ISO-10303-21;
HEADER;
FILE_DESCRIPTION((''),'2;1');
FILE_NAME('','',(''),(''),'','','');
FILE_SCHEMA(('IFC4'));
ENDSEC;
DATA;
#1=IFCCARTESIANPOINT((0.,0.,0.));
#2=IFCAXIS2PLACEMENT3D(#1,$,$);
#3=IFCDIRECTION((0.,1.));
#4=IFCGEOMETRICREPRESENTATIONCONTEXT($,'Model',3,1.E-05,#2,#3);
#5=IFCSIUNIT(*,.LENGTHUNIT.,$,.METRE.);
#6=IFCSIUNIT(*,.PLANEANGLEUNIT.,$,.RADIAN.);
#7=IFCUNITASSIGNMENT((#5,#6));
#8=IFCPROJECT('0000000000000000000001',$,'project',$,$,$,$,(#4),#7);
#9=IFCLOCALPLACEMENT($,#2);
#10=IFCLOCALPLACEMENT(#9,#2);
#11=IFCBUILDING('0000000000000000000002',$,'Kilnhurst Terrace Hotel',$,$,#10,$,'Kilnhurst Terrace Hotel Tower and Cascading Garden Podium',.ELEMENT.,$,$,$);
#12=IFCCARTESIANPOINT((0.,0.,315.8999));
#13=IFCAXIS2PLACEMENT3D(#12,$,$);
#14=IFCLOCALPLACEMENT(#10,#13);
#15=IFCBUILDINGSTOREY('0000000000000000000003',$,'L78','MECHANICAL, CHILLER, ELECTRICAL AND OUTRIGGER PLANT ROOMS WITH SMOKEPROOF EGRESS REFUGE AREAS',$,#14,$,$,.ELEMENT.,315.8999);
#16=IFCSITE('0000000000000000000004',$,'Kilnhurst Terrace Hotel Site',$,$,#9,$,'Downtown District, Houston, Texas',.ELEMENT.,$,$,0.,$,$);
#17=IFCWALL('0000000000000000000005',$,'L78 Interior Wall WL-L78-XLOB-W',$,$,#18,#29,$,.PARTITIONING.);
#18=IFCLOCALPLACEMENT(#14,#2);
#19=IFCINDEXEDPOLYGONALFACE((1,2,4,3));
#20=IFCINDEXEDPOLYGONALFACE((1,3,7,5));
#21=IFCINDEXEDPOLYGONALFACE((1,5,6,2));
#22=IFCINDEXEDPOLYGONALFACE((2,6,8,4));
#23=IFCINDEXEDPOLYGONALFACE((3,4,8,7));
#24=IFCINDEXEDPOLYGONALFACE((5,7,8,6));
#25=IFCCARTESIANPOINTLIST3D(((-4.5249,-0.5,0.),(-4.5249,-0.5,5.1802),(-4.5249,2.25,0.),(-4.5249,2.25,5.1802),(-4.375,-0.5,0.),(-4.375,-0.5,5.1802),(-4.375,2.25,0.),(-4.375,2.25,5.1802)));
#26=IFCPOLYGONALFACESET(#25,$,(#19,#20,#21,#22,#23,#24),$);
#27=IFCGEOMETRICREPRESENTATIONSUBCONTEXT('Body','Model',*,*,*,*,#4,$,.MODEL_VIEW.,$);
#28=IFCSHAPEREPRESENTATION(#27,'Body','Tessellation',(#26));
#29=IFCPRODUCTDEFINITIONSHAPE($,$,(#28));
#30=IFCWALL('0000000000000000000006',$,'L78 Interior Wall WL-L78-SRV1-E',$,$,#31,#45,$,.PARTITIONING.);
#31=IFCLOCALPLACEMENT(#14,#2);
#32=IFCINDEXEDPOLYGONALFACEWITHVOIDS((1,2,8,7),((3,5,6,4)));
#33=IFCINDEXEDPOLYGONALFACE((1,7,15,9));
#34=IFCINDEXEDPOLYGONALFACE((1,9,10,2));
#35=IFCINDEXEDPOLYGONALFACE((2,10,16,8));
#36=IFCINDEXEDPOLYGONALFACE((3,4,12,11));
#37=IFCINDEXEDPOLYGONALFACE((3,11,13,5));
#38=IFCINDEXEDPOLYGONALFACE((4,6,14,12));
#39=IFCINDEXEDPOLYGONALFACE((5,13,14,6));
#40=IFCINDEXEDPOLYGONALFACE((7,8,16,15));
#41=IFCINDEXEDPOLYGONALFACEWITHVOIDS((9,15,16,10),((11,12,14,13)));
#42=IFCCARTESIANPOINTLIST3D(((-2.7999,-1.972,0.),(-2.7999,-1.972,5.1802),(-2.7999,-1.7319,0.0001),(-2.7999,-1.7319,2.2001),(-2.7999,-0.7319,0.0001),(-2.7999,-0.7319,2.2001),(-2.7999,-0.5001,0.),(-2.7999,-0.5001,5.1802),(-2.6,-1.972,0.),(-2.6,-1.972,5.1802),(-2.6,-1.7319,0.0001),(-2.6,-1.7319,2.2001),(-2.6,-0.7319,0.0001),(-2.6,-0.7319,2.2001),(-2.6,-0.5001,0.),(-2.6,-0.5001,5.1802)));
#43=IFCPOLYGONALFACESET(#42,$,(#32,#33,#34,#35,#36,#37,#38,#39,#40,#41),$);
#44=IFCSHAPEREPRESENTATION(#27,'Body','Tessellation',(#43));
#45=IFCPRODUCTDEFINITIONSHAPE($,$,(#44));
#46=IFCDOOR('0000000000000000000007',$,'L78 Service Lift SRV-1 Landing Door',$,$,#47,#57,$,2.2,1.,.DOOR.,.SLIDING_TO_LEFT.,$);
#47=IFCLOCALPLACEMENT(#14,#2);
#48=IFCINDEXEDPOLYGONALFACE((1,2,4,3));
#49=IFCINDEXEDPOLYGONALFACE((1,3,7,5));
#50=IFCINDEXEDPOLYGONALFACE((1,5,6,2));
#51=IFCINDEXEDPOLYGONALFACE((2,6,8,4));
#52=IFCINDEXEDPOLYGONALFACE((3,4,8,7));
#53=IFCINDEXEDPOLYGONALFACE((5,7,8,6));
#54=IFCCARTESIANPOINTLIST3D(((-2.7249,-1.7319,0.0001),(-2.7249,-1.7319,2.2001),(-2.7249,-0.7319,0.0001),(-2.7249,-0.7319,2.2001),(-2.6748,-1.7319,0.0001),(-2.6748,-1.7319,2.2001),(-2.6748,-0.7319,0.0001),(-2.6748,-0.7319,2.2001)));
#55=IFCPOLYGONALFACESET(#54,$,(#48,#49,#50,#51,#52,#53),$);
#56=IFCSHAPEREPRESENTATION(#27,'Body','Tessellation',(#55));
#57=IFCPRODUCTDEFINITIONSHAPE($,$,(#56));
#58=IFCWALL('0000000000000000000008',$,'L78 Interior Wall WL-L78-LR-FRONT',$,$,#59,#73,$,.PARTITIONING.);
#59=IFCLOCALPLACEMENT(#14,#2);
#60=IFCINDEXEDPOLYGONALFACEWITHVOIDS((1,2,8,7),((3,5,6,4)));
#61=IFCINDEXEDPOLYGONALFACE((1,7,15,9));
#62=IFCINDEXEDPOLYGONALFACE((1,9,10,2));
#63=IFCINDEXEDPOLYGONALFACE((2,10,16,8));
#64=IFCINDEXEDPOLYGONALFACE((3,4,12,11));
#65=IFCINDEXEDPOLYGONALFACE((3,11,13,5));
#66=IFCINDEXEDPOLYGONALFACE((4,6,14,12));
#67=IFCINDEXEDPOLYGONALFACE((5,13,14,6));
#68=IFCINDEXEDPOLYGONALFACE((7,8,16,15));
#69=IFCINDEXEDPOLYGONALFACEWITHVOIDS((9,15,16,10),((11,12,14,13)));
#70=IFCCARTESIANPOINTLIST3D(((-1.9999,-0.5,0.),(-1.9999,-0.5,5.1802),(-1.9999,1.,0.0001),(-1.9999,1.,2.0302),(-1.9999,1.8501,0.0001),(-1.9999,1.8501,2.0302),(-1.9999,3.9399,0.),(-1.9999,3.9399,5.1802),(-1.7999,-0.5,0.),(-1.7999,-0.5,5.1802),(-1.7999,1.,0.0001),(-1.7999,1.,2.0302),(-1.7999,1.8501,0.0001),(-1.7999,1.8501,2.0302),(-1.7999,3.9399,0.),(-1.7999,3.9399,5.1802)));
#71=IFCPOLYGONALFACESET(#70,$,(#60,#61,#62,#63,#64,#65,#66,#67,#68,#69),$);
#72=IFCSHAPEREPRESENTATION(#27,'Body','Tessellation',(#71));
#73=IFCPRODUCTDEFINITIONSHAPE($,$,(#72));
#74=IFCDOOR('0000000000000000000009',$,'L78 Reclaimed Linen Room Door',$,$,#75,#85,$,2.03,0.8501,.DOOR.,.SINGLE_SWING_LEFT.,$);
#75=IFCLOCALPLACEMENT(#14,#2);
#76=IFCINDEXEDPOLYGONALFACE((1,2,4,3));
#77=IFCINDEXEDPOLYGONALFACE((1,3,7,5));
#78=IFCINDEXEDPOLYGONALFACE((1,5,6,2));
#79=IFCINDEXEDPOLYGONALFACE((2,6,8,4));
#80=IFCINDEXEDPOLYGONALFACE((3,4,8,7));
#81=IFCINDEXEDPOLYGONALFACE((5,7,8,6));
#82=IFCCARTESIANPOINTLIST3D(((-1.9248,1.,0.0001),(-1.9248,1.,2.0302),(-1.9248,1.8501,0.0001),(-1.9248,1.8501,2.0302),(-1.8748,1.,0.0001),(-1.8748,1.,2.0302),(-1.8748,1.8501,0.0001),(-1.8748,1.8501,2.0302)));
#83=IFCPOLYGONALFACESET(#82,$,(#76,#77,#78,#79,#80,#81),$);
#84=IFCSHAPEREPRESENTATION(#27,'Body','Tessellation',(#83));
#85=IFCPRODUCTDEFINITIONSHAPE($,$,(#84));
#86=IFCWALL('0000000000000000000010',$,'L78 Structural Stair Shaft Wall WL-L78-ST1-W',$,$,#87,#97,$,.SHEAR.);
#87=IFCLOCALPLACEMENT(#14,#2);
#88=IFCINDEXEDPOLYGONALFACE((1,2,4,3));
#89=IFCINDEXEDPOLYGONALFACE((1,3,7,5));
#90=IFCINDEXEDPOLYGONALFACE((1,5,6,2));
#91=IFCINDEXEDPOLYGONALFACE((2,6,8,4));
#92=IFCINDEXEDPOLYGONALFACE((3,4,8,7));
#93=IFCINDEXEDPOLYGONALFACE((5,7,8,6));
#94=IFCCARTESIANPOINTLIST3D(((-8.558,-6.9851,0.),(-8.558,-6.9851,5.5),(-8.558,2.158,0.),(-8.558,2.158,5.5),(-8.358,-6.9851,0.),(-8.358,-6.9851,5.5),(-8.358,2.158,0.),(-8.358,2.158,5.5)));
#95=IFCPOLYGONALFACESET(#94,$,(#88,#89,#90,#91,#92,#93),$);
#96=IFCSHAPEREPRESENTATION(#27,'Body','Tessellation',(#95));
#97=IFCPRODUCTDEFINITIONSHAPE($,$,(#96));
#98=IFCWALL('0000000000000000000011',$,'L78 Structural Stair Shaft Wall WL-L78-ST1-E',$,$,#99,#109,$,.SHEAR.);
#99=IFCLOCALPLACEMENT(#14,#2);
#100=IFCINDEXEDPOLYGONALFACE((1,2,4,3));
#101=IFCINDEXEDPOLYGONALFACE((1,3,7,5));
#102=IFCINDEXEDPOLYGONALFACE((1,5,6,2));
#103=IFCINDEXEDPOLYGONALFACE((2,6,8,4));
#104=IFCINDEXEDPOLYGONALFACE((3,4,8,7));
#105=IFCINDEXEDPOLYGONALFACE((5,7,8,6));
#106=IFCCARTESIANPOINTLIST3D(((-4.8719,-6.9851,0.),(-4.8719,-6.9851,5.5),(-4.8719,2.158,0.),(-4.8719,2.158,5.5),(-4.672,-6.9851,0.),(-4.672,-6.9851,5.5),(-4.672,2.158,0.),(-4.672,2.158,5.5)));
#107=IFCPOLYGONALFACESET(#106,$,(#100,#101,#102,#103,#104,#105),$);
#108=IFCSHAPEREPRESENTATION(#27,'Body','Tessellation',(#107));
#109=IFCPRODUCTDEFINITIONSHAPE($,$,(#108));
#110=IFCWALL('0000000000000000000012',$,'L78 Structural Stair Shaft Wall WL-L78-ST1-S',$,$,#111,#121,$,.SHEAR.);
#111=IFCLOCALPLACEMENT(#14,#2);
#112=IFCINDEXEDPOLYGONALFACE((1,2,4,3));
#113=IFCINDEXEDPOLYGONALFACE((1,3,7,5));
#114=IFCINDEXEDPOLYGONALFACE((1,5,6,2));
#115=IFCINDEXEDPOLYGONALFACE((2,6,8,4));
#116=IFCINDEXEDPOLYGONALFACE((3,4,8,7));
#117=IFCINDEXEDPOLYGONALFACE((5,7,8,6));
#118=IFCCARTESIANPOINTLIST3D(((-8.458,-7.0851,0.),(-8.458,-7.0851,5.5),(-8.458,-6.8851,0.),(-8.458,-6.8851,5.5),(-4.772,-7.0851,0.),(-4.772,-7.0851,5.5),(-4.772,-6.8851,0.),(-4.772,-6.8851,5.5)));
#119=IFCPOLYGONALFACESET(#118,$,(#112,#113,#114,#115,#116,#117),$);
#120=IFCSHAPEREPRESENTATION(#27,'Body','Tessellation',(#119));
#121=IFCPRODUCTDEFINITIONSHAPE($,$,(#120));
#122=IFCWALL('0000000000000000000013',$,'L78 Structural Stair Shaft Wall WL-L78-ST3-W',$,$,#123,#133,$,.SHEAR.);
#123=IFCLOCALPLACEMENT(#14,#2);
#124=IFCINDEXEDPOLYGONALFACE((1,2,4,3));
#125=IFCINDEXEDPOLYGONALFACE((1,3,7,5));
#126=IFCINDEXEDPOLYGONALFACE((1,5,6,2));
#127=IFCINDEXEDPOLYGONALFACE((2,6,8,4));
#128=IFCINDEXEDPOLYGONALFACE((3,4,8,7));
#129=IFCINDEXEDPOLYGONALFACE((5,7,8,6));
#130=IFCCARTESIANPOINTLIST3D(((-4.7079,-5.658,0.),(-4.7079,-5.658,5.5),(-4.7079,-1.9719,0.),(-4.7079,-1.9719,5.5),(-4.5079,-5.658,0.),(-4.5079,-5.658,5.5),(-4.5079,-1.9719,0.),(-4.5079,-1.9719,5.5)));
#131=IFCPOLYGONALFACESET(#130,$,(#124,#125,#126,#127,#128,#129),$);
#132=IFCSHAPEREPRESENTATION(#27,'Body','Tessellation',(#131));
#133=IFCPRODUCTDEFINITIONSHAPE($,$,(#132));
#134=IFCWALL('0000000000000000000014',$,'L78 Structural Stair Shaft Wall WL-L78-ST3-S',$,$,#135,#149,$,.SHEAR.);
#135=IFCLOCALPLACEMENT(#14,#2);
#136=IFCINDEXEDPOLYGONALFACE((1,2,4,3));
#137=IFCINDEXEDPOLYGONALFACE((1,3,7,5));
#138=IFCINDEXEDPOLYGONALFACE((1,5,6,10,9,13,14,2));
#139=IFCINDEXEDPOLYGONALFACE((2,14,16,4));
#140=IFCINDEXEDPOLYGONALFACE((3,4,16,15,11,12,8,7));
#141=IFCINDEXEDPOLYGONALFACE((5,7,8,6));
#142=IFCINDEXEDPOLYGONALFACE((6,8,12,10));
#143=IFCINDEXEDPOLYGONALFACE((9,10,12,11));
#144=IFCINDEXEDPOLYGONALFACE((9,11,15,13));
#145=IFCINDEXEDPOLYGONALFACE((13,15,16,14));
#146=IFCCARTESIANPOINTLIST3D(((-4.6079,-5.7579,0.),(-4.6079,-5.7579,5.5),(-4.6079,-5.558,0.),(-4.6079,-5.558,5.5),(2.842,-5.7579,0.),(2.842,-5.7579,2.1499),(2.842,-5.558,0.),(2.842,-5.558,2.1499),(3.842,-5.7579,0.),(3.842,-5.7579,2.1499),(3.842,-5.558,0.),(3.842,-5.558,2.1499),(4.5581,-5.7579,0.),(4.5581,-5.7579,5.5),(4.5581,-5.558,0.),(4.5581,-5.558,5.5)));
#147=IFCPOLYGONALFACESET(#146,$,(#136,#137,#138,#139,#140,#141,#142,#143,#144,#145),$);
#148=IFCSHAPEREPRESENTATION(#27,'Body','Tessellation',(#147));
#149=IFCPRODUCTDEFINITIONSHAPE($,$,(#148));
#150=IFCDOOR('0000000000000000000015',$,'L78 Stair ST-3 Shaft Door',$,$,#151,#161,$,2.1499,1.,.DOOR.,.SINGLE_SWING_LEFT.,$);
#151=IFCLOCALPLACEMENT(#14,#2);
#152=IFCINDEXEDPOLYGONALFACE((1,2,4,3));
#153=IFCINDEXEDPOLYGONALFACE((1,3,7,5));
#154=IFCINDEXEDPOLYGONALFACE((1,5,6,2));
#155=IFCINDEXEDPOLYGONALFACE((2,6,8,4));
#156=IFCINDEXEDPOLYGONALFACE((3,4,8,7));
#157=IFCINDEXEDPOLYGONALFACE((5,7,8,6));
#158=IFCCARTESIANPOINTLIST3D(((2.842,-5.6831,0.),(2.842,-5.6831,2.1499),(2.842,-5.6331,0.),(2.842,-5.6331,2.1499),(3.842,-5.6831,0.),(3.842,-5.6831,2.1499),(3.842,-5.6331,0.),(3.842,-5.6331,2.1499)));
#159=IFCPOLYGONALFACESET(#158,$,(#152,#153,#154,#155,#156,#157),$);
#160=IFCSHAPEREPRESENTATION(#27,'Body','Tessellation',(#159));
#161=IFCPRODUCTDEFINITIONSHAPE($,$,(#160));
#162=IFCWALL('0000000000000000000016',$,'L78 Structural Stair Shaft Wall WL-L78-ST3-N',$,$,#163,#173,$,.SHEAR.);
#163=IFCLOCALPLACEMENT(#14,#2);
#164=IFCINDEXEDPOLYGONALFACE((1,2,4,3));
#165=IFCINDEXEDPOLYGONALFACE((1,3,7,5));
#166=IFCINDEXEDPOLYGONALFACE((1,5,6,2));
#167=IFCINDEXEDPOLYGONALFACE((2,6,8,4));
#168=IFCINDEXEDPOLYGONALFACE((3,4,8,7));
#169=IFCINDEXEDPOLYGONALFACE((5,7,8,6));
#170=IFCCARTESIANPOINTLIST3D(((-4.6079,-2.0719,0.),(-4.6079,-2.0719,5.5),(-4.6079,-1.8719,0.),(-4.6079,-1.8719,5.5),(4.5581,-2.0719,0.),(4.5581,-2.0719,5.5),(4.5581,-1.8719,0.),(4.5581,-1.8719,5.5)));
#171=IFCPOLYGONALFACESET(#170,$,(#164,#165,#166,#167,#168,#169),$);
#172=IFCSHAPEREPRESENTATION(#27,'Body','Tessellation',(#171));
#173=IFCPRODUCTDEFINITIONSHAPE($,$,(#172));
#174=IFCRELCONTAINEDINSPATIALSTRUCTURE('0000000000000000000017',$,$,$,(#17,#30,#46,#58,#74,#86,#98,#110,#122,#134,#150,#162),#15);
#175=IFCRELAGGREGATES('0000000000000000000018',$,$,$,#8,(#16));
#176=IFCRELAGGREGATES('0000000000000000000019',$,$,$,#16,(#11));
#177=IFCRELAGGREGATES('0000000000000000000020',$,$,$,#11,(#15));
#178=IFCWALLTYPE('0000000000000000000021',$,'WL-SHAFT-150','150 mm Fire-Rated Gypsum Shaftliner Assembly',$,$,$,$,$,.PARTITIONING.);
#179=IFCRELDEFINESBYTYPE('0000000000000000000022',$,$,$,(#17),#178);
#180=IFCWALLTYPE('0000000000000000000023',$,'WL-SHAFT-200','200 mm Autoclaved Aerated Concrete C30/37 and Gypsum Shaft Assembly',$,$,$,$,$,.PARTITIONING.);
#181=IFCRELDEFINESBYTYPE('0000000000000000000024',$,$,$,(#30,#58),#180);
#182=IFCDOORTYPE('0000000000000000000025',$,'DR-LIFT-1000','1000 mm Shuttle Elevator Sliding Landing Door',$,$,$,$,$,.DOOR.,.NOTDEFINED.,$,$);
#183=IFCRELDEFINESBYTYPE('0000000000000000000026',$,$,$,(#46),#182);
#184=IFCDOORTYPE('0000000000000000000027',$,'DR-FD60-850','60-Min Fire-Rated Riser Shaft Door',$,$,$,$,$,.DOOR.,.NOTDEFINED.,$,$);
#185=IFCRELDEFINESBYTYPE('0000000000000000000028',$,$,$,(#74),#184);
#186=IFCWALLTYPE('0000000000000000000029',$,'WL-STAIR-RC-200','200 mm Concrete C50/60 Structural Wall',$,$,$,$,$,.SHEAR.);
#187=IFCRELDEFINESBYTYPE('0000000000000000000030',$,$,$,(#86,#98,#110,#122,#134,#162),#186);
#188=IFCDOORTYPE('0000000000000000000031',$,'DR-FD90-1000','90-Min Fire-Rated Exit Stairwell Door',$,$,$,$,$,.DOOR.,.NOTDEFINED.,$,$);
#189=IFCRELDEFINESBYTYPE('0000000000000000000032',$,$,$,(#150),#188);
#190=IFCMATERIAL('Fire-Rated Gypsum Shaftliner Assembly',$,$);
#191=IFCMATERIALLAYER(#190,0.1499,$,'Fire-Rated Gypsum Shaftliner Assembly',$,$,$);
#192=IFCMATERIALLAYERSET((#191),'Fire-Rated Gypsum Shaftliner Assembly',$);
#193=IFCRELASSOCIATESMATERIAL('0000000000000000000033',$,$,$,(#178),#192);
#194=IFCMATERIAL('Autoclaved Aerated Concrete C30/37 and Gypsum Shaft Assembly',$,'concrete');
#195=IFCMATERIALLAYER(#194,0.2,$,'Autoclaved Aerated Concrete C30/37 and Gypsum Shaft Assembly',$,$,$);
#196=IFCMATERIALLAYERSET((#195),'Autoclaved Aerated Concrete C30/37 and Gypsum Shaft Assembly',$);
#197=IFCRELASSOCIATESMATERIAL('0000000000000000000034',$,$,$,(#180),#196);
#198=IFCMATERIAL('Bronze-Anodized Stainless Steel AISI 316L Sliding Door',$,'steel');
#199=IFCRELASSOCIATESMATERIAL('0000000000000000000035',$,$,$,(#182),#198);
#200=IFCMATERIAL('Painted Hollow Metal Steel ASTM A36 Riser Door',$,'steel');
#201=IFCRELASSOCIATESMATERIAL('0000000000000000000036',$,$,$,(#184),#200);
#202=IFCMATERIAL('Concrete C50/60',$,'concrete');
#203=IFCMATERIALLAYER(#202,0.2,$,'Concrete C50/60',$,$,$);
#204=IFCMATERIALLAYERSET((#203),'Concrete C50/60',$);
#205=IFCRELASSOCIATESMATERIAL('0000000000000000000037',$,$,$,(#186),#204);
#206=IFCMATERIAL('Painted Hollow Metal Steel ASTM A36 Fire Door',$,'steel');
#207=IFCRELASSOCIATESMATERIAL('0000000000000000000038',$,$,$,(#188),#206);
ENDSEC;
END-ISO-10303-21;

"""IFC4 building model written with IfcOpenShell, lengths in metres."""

from ifc_helpers import new_model, si_unit, direction, frame, frame_2d, origin, place, context, subcontext, project, spatial, rectangle, extrude, material, layer, layer_set, type_object, element, fill, save


model = new_model("IFC4")

# Units and contexts
model_context = context("Model", 3, precision=1e-05, world=origin(), true_north=direction((0.0, 1.0)))
body_context = subcontext(model_context, "Body", "Model", "MODEL_VIEW")
ifc_project = project(units=[si_unit("LENGTHUNIT", "METRE"), si_unit("PLANEANGLEUNIT", "RADIAN")], contexts=[model_context])

# Site, building, storey
site_placement = place(None, origin())
site = spatial("IfcSite", under=ifc_project, at=site_placement, Name="Kilnhurst Terrace Hotel Site", LongName="Downtown District, Houston, Texas", CompositionType="ELEMENT", RefElevation=0.0)
building_placement = place(site_placement, origin())
building = spatial("IfcBuilding", under=site, at=building_placement, Name="Kilnhurst Terrace Hotel", LongName="Kilnhurst Terrace Hotel Tower and Cascading Garden Podium", CompositionType="ELEMENT")
storey_placement = place(building_placement, frame((0.0, 0.0, 315.8999)))
storey = spatial("IfcBuildingStorey", under=building, at=storey_placement, Name="L78", Description="MECHANICAL, CHILLER, ELECTRICAL AND OUTRIGGER PLANT ROOMS WITH SMOKEPROOF EGRESS REFUGE AREAS", CompositionType="ELEMENT", Elevation=315.8999)

# Shared definitions
ifc_material_1 = material(Name="Concrete C50/60", Category="concrete")

# Shared definitions
ifc_material_2 = material(Name="Painted Hollow Metal Steel ASTM A36 Fire Door", Category="steel")

# Wall
ifc_material_3 = material(Name="Fire-Rated Gypsum Shaftliner Assembly")
ifc_layer_1 = layer(ifc_material_3, 0.1499, Name="Fire-Rated Gypsum Shaftliner Assembly")
ifc_layer_set_1 = layer_set([ifc_layer_1], Name="Fire-Rated Gypsum Shaftliner Assembly")
wall_type_1 = type_object("IfcWallType", Name="WL-SHAFT-150", Description="150 mm Fire-Rated Gypsum Shaftliner Assembly", PredefinedType="PARTITIONING", material=ifc_layer_set_1)
wall_1_placement = place(storey_placement, frame((-4.45, -0.5, 0.0), z_axis=(0.0, 0.0, 1.0), x_axis=(0.0, 1.0, 0.0)))
element("IfcWall", 1, at=wall_1_placement, inside=storey, type_object=wall_type_1, Name="L78 Interior Wall WL-L78-XLOB-W", PredefinedType="PARTITIONING", context=body_context, shape_type="SweptSolid", body=[
    extrude(rectangle(XDim=2.75, YDim=0.1499, at=frame_2d((1.375, 0.0))), origin(), (0.0, 0.0, 1.0), 5.1802),
])

# Walls, openings, doors
ifc_material_4 = material(Name="Autoclaved Aerated Concrete C30/37 and Gypsum Shaft Assembly", Category="concrete")
ifc_layer_2 = layer(ifc_material_4, 0.2, Name="Autoclaved Aerated Concrete C30/37 and Gypsum Shaft Assembly")
ifc_layer_set_2 = layer_set([ifc_layer_2], Name="Autoclaved Aerated Concrete C30/37 and Gypsum Shaft Assembly")
wall_type_2 = type_object("IfcWallType", Name="WL-SHAFT-200", Description="200 mm Autoclaved Aerated Concrete C30/37 and Gypsum Shaft Assembly", PredefinedType="PARTITIONING", material=ifc_layer_set_2)
wall_2_placement = place(storey_placement, frame((-2.7, -1.9719, 0.0), z_axis=(0.0, 0.0, 1.0), x_axis=(0.0, 1.0, 0.0)))
wall_2 = element("IfcWall", 2, at=wall_2_placement, inside=storey, type_object=wall_type_2, Name="L78 Interior Wall WL-L78-SRV1-E", PredefinedType="PARTITIONING", context=body_context, shape_type="SweptSolid", body=[
    extrude(rectangle(XDim=1.4719, YDim=0.2, at=frame_2d((0.7358, 0.0))), origin(), (0.0, 0.0, 1.0), 5.1802),
])
opening_1_placement = place(wall_2_placement, frame((0.24, 0.0, 0.0)))
opening_1 = element("IfcOpeningElement", 3, at=opening_1_placement, cuts=wall_2, PredefinedType="OPENING", context=body_context, shape_type="SweptSolid", body=[
    extrude(rectangle(XDim=1.0, YDim=2.2, at=frame_2d((0.5, 1.1001))), frame((0.0, 0.1099, 0.0), z_axis=(0.0, -1.0, 0.0), x_axis=(1.0, 0.0, 0.0)), (0.0, 0.0, 1.0), 0.22),
])
ifc_material_5 = material(Name="Bronze-Anodized Stainless Steel AISI 316L Sliding Door", Category="steel")
door_type_1 = type_object("IfcDoorType", Name="DR-LIFT-1000", Description="1000 mm Shuttle Elevator Sliding Landing Door", OperationType="NOTDEFINED", PredefinedType="DOOR", material=ifc_material_5)
door_1_placement = place(opening_1_placement, origin())
door_1 = element("IfcDoor", 4, at=door_1_placement, inside=storey, type_object=door_type_1, Name="L78 Service Lift SRV-1 Landing Door", OperationType="SLIDING_TO_LEFT", OverallHeight=2.2, OverallWidth=1.0, PredefinedType="DOOR", context=body_context, shape_type="SweptSolid", body=[
    extrude(rectangle(XDim=1.0, YDim=2.2, at=frame_2d((0.5, 1.1001))), frame((0.0, 0.0249, 0.0), z_axis=(0.0, -1.0, 0.0), x_axis=(1.0, 0.0, 0.0)), (0.0, 0.0, 1.0), 0.05),
])
fill(opening_1, door_1)
wall_3_placement = place(storey_placement, frame((-1.8999, -0.5, 0.0), z_axis=(0.0, 0.0, 1.0), x_axis=(0.0, 1.0, 0.0)))
wall_3 = element("IfcWall", 5, at=wall_3_placement, inside=storey, type_object=wall_type_2, Name="L78 Interior Wall WL-L78-LR-FRONT", PredefinedType="PARTITIONING", context=body_context, shape_type="SweptSolid", body=[
    extrude(rectangle(XDim=4.4399, YDim=0.2, at=frame_2d((2.22, 0.0))), origin(), (0.0, 0.0, 1.0), 5.1802),
])
opening_2_placement = place(wall_3_placement, frame((1.5, 0.0, 0.0)))
opening_2 = element("IfcOpeningElement", 6, at=opening_2_placement, cuts=wall_3, PredefinedType="OPENING", context=body_context, shape_type="SweptSolid", body=[
    extrude(rectangle(XDim=0.8501, YDim=2.03, at=frame_2d((0.425, 1.0151))), frame((0.0, 0.1099, 0.0), z_axis=(0.0, -1.0, 0.0), x_axis=(1.0, 0.0, 0.0)), (0.0, 0.0, 1.0), 0.22),
])
ifc_material_6 = material(Name="Painted Hollow Metal Steel ASTM A36 Riser Door", Category="steel")
door_type_2 = type_object("IfcDoorType", Name="DR-FD60-850", Description="60-Min Fire-Rated Riser Shaft Door", OperationType="NOTDEFINED", PredefinedType="DOOR", material=ifc_material_6)
door_2_placement = place(opening_2_placement, origin())
door_2 = element("IfcDoor", 7, at=door_2_placement, inside=storey, type_object=door_type_2, Name="L78 Reclaimed Linen Room Door", OperationType="SINGLE_SWING_LEFT", OverallHeight=2.03, OverallWidth=0.8501, PredefinedType="DOOR", context=body_context, shape_type="SweptSolid", body=[
    extrude(rectangle(XDim=0.8501, YDim=2.03, at=frame_2d((0.425, 1.0151))), frame((0.0, 0.0249, 0.0), z_axis=(0.0, -1.0, 0.0), x_axis=(1.0, 0.0, 0.0)), (0.0, 0.0, 1.0), 0.05),
])
fill(opening_2, door_2)

# Walls
ifc_layer_3 = layer(ifc_material_1, 0.2, Name="Concrete C50/60")
ifc_layer_set_3 = layer_set([ifc_layer_3], Name="Concrete C50/60")
wall_type_3 = type_object("IfcWallType", Name="WL-STAIR-RC-200", Description="200 mm Concrete C50/60 Structural Wall", PredefinedType="SHEAR", material=ifc_layer_set_3)
for number, where, z_axis, x_axis, name in (
    (8, (-8.458, -6.9851, 0.0), (0.0, 0.0, 1.0), (0.0, 1.0, 0.0), "L78 Structural Stair Shaft Wall WL-L78-ST1-W"),
    (9, (-4.772, -6.9851, 0.0), (0.0, 0.0, 1.0), (0.0, 1.0, 0.0), "L78 Structural Stair Shaft Wall WL-L78-ST1-E"),
):
    element("IfcWall", number, at=place(storey_placement, frame(where, z_axis=z_axis, x_axis=x_axis)), inside=storey, type_object=wall_type_3, Name=name, PredefinedType="SHEAR", context=body_context, shape_type="SweptSolid", body=[
        extrude(rectangle(XDim=9.1431, YDim=0.2, at=frame_2d((4.5715, 0.0))), origin(), (0.0, 0.0, 1.0), 5.5),
    ])
for number, where, z_axis, x_axis, name in (
    (10, (-8.458, -6.9851, 0.0), (0.0, 0.0, 1.0), (1.0, 0.0, 0.0), "L78 Structural Stair Shaft Wall WL-L78-ST1-S"),
    (11, (-4.6079, -5.658, 0.0), (0.0, 0.0, 1.0), (0.0, 1.0, 0.0), "L78 Structural Stair Shaft Wall WL-L78-ST3-W"),
):
    element("IfcWall", number, at=place(storey_placement, frame(where, z_axis=z_axis, x_axis=x_axis)), inside=storey, type_object=wall_type_3, Name=name, PredefinedType="SHEAR", context=body_context, shape_type="SweptSolid", body=[
        extrude(rectangle(XDim=3.686, YDim=0.2, at=frame_2d((1.843, 0.0))), origin(), (0.0, 0.0, 1.0), 5.5),
    ])

# Wall, opening, door
wall_4_placement = place(storey_placement, frame((-4.6079, -5.658, 0.0), z_axis=(0.0, 0.0, 1.0), x_axis=(1.0, 0.0, 0.0)))
wall_4 = element("IfcWall", 12, at=wall_4_placement, inside=storey, type_object=wall_type_3, Name="L78 Structural Stair Shaft Wall WL-L78-ST3-S", PredefinedType="SHEAR", context=body_context, shape_type="SweptSolid", body=[
    extrude(rectangle(XDim=9.166, YDim=0.2, at=frame_2d((4.583, 0.0))), origin(), (0.0, 0.0, 1.0), 5.5),
])
opening_3_placement = place(wall_4_placement, frame((7.45, 0.0, 0.0)))
opening_3 = element("IfcOpeningElement", 13, at=opening_3_placement, cuts=wall_4, PredefinedType="OPENING", context=body_context, shape_type="SweptSolid", body=[
    extrude(rectangle(XDim=1.0, YDim=2.1499, at=frame_2d((0.5, 1.075))), frame((0.0, 0.1099, 0.0), z_axis=(0.0, -1.0, 0.0), x_axis=(1.0, 0.0, 0.0)), (0.0, 0.0, 1.0), 0.22),
])
door_type_3 = type_object("IfcDoorType", Name="DR-FD90-1000", Description="90-Min Fire-Rated Exit Stairwell Door", OperationType="NOTDEFINED", PredefinedType="DOOR", material=ifc_material_2)
door_3_placement = place(opening_3_placement, origin())
door_3 = element("IfcDoor", 14, at=door_3_placement, inside=storey, type_object=door_type_3, Name="L78 Stair ST-3 Shaft Door", OperationType="SINGLE_SWING_LEFT", OverallHeight=2.1499, OverallWidth=1.0, PredefinedType="DOOR", context=body_context, shape_type="SweptSolid", body=[
    extrude(rectangle(XDim=1.0, YDim=2.1499, at=frame_2d((0.5, 1.075))), frame((0.0, 0.0249, 0.0), z_axis=(0.0, -1.0, 0.0), x_axis=(1.0, 0.0, 0.0)), (0.0, 0.0, 1.0), 0.05),
])
fill(opening_3, door_3)

# Wall
wall_5_placement = place(storey_placement, frame((-4.6079, -1.9719, 0.0), z_axis=(0.0, 0.0, 1.0), x_axis=(1.0, 0.0, 0.0)))
element("IfcWall", 15, at=wall_5_placement, inside=storey, type_object=wall_type_3, Name="L78 Structural Stair Shaft Wall WL-L78-ST3-N", PredefinedType="SHEAR", context=body_context, shape_type="SweptSolid", body=[
    extrude(rectangle(XDim=9.166, YDim=0.2, at=frame_2d((4.583, 0.0))), origin(), (0.0, 0.0, 1.0), 5.5),
])

save(model, "model.ifc")
